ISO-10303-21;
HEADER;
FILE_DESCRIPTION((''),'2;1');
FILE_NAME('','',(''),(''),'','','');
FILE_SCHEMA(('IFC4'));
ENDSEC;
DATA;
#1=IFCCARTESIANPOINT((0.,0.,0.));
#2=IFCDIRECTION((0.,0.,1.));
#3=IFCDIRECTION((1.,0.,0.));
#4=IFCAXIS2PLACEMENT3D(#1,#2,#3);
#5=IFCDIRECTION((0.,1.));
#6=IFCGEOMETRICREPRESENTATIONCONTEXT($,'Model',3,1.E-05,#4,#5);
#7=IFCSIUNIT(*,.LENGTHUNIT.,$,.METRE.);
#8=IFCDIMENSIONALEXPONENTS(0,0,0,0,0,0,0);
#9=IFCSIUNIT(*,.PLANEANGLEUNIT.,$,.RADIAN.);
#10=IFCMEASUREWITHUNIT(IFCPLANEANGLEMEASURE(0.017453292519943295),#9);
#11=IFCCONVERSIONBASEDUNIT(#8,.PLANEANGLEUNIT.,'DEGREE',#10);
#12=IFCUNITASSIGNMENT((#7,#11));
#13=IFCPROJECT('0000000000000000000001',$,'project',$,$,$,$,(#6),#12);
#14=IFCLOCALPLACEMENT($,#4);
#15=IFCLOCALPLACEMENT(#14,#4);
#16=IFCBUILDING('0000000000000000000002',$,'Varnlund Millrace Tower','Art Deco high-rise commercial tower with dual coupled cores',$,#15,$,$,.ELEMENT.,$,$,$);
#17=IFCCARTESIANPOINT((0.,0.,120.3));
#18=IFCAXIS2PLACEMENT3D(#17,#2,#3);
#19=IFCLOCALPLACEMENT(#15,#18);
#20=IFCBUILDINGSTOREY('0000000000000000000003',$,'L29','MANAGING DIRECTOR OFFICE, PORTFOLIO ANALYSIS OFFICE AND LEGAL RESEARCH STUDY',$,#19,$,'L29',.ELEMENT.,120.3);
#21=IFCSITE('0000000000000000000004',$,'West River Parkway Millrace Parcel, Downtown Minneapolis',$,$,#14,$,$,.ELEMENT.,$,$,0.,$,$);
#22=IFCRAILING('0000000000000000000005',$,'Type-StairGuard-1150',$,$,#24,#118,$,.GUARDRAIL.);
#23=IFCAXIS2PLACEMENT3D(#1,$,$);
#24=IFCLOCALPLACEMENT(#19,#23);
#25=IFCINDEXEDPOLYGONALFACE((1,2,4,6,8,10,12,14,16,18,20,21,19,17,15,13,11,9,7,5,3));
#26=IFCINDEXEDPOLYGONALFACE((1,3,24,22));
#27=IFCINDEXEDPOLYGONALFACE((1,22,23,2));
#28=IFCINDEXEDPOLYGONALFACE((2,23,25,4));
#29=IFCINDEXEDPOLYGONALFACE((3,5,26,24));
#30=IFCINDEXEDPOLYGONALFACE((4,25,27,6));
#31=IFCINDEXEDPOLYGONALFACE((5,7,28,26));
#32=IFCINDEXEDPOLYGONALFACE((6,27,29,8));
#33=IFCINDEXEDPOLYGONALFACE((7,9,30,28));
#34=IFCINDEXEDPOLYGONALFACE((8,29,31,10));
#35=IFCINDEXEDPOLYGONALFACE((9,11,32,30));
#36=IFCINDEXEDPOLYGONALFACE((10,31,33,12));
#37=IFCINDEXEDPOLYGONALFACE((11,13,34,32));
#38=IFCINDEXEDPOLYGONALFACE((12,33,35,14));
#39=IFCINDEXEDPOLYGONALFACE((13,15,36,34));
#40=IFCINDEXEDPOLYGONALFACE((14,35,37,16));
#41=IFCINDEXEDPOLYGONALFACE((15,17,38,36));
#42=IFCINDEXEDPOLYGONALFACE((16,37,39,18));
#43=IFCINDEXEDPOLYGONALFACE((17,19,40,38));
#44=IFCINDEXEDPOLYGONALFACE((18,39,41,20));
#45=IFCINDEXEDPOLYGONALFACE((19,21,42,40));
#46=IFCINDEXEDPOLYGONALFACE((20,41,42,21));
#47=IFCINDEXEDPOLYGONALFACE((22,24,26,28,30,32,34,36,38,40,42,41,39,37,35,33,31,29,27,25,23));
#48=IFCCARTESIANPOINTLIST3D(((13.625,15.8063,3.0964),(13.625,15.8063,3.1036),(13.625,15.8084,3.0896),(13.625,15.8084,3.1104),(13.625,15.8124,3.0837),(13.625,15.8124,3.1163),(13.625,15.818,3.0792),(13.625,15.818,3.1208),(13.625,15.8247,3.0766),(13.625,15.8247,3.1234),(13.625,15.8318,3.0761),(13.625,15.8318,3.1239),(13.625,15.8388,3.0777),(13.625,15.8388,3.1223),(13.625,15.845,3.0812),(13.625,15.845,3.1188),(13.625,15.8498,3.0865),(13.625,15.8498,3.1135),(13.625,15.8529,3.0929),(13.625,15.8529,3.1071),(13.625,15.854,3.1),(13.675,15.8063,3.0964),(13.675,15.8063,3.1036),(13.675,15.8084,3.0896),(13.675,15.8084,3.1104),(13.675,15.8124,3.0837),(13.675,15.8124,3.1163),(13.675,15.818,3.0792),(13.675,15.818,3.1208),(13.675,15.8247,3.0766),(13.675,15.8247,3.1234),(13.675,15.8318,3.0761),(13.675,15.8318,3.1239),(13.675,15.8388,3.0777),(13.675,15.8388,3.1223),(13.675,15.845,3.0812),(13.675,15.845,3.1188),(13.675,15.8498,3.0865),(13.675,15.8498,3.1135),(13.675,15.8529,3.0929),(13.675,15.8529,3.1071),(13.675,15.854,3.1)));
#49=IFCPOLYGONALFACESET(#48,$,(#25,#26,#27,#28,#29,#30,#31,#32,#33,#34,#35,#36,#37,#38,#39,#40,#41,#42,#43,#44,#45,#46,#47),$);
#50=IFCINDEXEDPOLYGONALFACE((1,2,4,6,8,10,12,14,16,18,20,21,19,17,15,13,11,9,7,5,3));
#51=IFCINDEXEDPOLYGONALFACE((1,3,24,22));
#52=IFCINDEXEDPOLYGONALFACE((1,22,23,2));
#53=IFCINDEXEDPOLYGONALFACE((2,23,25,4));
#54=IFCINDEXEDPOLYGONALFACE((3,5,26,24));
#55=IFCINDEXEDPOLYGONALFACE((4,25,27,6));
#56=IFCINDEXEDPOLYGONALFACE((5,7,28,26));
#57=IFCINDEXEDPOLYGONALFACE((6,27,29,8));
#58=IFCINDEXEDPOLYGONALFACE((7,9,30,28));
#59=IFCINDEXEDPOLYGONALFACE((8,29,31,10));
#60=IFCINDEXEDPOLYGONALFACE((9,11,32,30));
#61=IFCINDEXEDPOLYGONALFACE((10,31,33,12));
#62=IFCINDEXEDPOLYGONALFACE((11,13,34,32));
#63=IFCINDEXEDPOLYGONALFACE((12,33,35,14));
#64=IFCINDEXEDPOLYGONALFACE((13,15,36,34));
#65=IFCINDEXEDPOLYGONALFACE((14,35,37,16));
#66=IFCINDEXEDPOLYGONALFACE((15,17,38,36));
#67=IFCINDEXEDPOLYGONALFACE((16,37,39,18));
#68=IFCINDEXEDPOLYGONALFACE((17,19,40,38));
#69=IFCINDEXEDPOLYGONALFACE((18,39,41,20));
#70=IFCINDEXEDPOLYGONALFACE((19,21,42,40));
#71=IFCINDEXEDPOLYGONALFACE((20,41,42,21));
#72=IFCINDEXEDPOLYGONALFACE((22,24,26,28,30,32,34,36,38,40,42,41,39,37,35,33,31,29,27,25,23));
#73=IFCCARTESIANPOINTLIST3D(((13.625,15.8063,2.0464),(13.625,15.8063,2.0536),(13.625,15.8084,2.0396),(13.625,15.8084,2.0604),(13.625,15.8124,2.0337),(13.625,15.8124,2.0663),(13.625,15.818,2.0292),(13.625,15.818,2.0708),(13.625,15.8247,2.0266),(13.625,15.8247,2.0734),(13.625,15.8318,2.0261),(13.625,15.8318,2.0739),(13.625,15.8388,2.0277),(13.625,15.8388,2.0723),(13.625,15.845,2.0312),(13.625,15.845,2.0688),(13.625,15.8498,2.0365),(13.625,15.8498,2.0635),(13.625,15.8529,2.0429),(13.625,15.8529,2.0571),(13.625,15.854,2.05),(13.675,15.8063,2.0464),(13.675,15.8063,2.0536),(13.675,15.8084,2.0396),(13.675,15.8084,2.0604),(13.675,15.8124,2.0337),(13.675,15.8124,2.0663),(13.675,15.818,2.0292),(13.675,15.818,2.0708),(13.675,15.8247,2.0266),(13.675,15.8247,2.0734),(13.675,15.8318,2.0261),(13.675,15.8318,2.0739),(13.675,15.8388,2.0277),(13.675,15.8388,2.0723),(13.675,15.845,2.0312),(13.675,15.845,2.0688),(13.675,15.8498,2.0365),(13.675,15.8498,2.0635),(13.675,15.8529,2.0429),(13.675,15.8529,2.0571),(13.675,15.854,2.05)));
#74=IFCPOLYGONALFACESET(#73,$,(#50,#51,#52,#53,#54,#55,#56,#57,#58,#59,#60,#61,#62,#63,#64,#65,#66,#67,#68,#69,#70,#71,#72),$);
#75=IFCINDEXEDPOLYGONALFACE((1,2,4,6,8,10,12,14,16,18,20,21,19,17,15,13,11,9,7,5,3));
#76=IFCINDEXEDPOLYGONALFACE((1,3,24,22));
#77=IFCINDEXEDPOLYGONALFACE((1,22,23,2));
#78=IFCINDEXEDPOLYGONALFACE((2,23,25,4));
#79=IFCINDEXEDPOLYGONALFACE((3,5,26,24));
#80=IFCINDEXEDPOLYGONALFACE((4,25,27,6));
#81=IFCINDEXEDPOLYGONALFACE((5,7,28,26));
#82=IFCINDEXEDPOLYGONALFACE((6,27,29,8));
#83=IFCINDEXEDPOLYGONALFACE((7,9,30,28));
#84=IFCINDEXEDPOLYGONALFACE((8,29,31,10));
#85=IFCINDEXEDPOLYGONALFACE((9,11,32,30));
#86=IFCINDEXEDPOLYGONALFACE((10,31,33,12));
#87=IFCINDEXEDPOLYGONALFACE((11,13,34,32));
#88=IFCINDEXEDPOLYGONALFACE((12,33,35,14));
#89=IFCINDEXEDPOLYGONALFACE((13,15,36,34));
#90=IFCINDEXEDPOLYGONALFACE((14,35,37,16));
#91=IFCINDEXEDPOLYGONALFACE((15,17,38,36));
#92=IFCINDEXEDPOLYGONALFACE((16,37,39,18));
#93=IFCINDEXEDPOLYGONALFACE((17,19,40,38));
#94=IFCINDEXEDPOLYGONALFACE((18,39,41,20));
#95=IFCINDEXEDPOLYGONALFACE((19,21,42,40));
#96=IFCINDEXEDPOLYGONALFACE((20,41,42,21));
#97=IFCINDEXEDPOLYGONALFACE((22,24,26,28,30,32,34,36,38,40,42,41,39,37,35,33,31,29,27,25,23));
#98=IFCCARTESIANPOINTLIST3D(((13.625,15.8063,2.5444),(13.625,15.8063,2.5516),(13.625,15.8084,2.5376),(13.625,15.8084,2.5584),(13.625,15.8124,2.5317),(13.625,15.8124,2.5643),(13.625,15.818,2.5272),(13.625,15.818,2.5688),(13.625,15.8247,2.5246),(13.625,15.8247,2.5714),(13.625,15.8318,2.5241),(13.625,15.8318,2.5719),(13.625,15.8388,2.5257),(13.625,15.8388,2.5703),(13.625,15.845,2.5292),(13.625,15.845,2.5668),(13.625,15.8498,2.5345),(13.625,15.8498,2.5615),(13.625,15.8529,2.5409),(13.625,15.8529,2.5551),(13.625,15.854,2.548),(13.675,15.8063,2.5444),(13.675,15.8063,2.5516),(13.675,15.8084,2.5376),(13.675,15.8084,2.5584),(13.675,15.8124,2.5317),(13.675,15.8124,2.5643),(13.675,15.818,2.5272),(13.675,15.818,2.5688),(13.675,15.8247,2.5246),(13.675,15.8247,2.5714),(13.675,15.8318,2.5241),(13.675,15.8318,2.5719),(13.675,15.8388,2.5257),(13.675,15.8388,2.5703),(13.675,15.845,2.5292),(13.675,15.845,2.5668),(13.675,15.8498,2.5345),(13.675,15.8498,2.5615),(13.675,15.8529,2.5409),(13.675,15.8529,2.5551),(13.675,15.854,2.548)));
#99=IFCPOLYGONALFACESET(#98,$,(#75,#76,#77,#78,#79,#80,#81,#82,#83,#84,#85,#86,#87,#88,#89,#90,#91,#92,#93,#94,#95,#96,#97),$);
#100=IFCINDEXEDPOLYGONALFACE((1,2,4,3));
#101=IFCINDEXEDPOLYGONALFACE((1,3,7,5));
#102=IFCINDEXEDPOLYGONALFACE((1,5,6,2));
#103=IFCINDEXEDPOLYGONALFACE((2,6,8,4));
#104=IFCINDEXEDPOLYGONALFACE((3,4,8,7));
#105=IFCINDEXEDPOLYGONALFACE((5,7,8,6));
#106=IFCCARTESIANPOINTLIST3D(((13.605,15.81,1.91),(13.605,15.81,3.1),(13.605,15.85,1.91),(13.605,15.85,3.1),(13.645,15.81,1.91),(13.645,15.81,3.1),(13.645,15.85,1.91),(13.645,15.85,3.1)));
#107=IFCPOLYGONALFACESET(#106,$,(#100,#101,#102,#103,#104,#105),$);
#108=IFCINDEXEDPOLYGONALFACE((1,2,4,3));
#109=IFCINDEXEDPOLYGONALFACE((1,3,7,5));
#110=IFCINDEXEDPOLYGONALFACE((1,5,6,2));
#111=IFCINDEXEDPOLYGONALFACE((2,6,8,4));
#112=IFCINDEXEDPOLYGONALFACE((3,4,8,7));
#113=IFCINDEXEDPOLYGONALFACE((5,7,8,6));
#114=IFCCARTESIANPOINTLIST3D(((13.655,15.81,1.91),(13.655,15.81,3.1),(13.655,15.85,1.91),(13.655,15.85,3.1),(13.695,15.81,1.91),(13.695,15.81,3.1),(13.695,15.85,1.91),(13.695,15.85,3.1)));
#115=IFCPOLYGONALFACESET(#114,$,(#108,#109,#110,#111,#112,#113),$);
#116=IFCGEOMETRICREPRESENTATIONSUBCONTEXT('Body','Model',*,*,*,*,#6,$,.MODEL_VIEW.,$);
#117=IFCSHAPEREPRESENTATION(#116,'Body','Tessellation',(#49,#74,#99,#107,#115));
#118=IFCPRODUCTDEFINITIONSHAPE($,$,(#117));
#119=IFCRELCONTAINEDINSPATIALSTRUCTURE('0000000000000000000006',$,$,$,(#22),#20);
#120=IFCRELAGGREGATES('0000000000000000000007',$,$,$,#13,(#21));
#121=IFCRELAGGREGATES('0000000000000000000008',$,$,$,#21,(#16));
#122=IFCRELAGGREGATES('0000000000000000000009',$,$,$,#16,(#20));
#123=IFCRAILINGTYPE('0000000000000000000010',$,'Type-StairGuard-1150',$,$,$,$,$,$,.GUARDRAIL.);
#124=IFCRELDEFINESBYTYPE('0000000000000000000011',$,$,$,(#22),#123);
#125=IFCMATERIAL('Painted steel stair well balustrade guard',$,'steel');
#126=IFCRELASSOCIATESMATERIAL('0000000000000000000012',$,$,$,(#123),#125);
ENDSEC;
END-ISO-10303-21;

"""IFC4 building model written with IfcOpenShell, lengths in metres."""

from ifc_helpers import new_model, entity, si_unit, converted_unit, direction, frame, origin_with_axes, origin_2d_with_axis, place, context, subcontext, project, spatial, rectangle, circle, extrude, material, type_object, element, save


model = new_model("IFC4")

# Units and contexts
model_context = context("Model", 3, precision=1e-05, world=origin_with_axes(), true_north=direction((0.0, 1.0)))
body_context = subcontext(model_context, "Body", "Model", "MODEL_VIEW")
ifc_project = project(units=[si_unit("LENGTHUNIT", "METRE"), converted_unit("PLANEANGLEUNIT", "DEGREE", entity("IfcPlaneAngleMeasure", 0.017453292519943295), si_unit("PLANEANGLEUNIT", "RADIAN"), dimensions=[0, 0, 0, 0, 0, 0, 0])], contexts=[model_context])

# Site, building, storey
site_placement = place(None, origin_with_axes())
site = spatial("IfcSite", under=ifc_project, at=site_placement, Name="West River Parkway Millrace Parcel, Downtown Minneapolis", CompositionType="ELEMENT", RefElevation=0.0)
building_placement = place(site_placement, origin_with_axes())
building = spatial("IfcBuilding", under=site, at=building_placement, Name="Varnlund Millrace Tower", Description="Art Deco high-rise commercial tower with dual coupled cores", CompositionType="ELEMENT")
storey_placement = place(building_placement, frame((0.0, 0.0, 120.3), z_axis=(0.0, 0.0, 1.0), x_axis=(1.0, 0.0, 0.0)))
storey = spatial("IfcBuildingStorey", under=building, at=storey_placement, Name="L29", Description="MANAGING DIRECTOR OFFICE, PORTFOLIO ANALYSIS OFFICE AND LEGAL RESEARCH STUDY", LongName="L29", CompositionType="ELEMENT", Elevation=120.3)

# Railing
ifc_material_1 = material(Name="Painted steel stair well balustrade guard", Category="steel")
railing_type_1 = type_object("IfcRailingType", Name="Type-StairGuard-1150", PredefinedType="GUARDRAIL", material=ifc_material_1)
railing_1_placement = place(storey_placement, frame((0.0, 0.0, -120.3), z_axis=(0.0, 0.0, 1.0), x_axis=(1.0, 0.0, 0.0)))
element("IfcRailing", 1, at=railing_1_placement, inside=storey, type_object=railing_type_1, Name="Type-StairGuard-1150", PredefinedType="GUARDRAIL", context=body_context, shape_type="SweptSolid", body=[
    extrude(circle(Radius=0.024, at=origin_2d_with_axis()), frame((13.625, 15.83, 123.4), z_axis=(1.0, 0.0, 0.0), x_axis=(0.0, 1.0, 0.0)), (0.0, 0.0, 1.0), 0.05),
    extrude(circle(Radius=0.024, at=origin_2d_with_axis()), frame((13.625, 15.83, 122.35), z_axis=(1.0, 0.0, 0.0), x_axis=(0.0, 1.0, 0.0)), (0.0, 0.0, 1.0), 0.05),
    extrude(circle(Radius=0.024, at=origin_2d_with_axis()), frame((13.625, 15.83, 122.848), z_axis=(1.0, 0.0, 0.0), x_axis=(0.0, 1.0, 0.0)), (0.0, 0.0, 1.0), 0.05),
    extrude(rectangle(XDim=0.04, YDim=0.04, at=origin_2d_with_axis()), frame((13.625, 15.83, 122.21), z_axis=(0.0, 0.0, 1.0), x_axis=(1.0, 0.0, 0.0)), (0.0, 0.0, 1.0), 1.19),
    extrude(rectangle(XDim=0.04, YDim=0.04, at=origin_2d_with_axis()), frame((13.675, 15.83, 122.21), z_axis=(0.0, 0.0, 1.0), x_axis=(1.0, 0.0, 0.0)), (0.0, 0.0, 1.0), 1.19),
])

save(model, "model.ifc")
